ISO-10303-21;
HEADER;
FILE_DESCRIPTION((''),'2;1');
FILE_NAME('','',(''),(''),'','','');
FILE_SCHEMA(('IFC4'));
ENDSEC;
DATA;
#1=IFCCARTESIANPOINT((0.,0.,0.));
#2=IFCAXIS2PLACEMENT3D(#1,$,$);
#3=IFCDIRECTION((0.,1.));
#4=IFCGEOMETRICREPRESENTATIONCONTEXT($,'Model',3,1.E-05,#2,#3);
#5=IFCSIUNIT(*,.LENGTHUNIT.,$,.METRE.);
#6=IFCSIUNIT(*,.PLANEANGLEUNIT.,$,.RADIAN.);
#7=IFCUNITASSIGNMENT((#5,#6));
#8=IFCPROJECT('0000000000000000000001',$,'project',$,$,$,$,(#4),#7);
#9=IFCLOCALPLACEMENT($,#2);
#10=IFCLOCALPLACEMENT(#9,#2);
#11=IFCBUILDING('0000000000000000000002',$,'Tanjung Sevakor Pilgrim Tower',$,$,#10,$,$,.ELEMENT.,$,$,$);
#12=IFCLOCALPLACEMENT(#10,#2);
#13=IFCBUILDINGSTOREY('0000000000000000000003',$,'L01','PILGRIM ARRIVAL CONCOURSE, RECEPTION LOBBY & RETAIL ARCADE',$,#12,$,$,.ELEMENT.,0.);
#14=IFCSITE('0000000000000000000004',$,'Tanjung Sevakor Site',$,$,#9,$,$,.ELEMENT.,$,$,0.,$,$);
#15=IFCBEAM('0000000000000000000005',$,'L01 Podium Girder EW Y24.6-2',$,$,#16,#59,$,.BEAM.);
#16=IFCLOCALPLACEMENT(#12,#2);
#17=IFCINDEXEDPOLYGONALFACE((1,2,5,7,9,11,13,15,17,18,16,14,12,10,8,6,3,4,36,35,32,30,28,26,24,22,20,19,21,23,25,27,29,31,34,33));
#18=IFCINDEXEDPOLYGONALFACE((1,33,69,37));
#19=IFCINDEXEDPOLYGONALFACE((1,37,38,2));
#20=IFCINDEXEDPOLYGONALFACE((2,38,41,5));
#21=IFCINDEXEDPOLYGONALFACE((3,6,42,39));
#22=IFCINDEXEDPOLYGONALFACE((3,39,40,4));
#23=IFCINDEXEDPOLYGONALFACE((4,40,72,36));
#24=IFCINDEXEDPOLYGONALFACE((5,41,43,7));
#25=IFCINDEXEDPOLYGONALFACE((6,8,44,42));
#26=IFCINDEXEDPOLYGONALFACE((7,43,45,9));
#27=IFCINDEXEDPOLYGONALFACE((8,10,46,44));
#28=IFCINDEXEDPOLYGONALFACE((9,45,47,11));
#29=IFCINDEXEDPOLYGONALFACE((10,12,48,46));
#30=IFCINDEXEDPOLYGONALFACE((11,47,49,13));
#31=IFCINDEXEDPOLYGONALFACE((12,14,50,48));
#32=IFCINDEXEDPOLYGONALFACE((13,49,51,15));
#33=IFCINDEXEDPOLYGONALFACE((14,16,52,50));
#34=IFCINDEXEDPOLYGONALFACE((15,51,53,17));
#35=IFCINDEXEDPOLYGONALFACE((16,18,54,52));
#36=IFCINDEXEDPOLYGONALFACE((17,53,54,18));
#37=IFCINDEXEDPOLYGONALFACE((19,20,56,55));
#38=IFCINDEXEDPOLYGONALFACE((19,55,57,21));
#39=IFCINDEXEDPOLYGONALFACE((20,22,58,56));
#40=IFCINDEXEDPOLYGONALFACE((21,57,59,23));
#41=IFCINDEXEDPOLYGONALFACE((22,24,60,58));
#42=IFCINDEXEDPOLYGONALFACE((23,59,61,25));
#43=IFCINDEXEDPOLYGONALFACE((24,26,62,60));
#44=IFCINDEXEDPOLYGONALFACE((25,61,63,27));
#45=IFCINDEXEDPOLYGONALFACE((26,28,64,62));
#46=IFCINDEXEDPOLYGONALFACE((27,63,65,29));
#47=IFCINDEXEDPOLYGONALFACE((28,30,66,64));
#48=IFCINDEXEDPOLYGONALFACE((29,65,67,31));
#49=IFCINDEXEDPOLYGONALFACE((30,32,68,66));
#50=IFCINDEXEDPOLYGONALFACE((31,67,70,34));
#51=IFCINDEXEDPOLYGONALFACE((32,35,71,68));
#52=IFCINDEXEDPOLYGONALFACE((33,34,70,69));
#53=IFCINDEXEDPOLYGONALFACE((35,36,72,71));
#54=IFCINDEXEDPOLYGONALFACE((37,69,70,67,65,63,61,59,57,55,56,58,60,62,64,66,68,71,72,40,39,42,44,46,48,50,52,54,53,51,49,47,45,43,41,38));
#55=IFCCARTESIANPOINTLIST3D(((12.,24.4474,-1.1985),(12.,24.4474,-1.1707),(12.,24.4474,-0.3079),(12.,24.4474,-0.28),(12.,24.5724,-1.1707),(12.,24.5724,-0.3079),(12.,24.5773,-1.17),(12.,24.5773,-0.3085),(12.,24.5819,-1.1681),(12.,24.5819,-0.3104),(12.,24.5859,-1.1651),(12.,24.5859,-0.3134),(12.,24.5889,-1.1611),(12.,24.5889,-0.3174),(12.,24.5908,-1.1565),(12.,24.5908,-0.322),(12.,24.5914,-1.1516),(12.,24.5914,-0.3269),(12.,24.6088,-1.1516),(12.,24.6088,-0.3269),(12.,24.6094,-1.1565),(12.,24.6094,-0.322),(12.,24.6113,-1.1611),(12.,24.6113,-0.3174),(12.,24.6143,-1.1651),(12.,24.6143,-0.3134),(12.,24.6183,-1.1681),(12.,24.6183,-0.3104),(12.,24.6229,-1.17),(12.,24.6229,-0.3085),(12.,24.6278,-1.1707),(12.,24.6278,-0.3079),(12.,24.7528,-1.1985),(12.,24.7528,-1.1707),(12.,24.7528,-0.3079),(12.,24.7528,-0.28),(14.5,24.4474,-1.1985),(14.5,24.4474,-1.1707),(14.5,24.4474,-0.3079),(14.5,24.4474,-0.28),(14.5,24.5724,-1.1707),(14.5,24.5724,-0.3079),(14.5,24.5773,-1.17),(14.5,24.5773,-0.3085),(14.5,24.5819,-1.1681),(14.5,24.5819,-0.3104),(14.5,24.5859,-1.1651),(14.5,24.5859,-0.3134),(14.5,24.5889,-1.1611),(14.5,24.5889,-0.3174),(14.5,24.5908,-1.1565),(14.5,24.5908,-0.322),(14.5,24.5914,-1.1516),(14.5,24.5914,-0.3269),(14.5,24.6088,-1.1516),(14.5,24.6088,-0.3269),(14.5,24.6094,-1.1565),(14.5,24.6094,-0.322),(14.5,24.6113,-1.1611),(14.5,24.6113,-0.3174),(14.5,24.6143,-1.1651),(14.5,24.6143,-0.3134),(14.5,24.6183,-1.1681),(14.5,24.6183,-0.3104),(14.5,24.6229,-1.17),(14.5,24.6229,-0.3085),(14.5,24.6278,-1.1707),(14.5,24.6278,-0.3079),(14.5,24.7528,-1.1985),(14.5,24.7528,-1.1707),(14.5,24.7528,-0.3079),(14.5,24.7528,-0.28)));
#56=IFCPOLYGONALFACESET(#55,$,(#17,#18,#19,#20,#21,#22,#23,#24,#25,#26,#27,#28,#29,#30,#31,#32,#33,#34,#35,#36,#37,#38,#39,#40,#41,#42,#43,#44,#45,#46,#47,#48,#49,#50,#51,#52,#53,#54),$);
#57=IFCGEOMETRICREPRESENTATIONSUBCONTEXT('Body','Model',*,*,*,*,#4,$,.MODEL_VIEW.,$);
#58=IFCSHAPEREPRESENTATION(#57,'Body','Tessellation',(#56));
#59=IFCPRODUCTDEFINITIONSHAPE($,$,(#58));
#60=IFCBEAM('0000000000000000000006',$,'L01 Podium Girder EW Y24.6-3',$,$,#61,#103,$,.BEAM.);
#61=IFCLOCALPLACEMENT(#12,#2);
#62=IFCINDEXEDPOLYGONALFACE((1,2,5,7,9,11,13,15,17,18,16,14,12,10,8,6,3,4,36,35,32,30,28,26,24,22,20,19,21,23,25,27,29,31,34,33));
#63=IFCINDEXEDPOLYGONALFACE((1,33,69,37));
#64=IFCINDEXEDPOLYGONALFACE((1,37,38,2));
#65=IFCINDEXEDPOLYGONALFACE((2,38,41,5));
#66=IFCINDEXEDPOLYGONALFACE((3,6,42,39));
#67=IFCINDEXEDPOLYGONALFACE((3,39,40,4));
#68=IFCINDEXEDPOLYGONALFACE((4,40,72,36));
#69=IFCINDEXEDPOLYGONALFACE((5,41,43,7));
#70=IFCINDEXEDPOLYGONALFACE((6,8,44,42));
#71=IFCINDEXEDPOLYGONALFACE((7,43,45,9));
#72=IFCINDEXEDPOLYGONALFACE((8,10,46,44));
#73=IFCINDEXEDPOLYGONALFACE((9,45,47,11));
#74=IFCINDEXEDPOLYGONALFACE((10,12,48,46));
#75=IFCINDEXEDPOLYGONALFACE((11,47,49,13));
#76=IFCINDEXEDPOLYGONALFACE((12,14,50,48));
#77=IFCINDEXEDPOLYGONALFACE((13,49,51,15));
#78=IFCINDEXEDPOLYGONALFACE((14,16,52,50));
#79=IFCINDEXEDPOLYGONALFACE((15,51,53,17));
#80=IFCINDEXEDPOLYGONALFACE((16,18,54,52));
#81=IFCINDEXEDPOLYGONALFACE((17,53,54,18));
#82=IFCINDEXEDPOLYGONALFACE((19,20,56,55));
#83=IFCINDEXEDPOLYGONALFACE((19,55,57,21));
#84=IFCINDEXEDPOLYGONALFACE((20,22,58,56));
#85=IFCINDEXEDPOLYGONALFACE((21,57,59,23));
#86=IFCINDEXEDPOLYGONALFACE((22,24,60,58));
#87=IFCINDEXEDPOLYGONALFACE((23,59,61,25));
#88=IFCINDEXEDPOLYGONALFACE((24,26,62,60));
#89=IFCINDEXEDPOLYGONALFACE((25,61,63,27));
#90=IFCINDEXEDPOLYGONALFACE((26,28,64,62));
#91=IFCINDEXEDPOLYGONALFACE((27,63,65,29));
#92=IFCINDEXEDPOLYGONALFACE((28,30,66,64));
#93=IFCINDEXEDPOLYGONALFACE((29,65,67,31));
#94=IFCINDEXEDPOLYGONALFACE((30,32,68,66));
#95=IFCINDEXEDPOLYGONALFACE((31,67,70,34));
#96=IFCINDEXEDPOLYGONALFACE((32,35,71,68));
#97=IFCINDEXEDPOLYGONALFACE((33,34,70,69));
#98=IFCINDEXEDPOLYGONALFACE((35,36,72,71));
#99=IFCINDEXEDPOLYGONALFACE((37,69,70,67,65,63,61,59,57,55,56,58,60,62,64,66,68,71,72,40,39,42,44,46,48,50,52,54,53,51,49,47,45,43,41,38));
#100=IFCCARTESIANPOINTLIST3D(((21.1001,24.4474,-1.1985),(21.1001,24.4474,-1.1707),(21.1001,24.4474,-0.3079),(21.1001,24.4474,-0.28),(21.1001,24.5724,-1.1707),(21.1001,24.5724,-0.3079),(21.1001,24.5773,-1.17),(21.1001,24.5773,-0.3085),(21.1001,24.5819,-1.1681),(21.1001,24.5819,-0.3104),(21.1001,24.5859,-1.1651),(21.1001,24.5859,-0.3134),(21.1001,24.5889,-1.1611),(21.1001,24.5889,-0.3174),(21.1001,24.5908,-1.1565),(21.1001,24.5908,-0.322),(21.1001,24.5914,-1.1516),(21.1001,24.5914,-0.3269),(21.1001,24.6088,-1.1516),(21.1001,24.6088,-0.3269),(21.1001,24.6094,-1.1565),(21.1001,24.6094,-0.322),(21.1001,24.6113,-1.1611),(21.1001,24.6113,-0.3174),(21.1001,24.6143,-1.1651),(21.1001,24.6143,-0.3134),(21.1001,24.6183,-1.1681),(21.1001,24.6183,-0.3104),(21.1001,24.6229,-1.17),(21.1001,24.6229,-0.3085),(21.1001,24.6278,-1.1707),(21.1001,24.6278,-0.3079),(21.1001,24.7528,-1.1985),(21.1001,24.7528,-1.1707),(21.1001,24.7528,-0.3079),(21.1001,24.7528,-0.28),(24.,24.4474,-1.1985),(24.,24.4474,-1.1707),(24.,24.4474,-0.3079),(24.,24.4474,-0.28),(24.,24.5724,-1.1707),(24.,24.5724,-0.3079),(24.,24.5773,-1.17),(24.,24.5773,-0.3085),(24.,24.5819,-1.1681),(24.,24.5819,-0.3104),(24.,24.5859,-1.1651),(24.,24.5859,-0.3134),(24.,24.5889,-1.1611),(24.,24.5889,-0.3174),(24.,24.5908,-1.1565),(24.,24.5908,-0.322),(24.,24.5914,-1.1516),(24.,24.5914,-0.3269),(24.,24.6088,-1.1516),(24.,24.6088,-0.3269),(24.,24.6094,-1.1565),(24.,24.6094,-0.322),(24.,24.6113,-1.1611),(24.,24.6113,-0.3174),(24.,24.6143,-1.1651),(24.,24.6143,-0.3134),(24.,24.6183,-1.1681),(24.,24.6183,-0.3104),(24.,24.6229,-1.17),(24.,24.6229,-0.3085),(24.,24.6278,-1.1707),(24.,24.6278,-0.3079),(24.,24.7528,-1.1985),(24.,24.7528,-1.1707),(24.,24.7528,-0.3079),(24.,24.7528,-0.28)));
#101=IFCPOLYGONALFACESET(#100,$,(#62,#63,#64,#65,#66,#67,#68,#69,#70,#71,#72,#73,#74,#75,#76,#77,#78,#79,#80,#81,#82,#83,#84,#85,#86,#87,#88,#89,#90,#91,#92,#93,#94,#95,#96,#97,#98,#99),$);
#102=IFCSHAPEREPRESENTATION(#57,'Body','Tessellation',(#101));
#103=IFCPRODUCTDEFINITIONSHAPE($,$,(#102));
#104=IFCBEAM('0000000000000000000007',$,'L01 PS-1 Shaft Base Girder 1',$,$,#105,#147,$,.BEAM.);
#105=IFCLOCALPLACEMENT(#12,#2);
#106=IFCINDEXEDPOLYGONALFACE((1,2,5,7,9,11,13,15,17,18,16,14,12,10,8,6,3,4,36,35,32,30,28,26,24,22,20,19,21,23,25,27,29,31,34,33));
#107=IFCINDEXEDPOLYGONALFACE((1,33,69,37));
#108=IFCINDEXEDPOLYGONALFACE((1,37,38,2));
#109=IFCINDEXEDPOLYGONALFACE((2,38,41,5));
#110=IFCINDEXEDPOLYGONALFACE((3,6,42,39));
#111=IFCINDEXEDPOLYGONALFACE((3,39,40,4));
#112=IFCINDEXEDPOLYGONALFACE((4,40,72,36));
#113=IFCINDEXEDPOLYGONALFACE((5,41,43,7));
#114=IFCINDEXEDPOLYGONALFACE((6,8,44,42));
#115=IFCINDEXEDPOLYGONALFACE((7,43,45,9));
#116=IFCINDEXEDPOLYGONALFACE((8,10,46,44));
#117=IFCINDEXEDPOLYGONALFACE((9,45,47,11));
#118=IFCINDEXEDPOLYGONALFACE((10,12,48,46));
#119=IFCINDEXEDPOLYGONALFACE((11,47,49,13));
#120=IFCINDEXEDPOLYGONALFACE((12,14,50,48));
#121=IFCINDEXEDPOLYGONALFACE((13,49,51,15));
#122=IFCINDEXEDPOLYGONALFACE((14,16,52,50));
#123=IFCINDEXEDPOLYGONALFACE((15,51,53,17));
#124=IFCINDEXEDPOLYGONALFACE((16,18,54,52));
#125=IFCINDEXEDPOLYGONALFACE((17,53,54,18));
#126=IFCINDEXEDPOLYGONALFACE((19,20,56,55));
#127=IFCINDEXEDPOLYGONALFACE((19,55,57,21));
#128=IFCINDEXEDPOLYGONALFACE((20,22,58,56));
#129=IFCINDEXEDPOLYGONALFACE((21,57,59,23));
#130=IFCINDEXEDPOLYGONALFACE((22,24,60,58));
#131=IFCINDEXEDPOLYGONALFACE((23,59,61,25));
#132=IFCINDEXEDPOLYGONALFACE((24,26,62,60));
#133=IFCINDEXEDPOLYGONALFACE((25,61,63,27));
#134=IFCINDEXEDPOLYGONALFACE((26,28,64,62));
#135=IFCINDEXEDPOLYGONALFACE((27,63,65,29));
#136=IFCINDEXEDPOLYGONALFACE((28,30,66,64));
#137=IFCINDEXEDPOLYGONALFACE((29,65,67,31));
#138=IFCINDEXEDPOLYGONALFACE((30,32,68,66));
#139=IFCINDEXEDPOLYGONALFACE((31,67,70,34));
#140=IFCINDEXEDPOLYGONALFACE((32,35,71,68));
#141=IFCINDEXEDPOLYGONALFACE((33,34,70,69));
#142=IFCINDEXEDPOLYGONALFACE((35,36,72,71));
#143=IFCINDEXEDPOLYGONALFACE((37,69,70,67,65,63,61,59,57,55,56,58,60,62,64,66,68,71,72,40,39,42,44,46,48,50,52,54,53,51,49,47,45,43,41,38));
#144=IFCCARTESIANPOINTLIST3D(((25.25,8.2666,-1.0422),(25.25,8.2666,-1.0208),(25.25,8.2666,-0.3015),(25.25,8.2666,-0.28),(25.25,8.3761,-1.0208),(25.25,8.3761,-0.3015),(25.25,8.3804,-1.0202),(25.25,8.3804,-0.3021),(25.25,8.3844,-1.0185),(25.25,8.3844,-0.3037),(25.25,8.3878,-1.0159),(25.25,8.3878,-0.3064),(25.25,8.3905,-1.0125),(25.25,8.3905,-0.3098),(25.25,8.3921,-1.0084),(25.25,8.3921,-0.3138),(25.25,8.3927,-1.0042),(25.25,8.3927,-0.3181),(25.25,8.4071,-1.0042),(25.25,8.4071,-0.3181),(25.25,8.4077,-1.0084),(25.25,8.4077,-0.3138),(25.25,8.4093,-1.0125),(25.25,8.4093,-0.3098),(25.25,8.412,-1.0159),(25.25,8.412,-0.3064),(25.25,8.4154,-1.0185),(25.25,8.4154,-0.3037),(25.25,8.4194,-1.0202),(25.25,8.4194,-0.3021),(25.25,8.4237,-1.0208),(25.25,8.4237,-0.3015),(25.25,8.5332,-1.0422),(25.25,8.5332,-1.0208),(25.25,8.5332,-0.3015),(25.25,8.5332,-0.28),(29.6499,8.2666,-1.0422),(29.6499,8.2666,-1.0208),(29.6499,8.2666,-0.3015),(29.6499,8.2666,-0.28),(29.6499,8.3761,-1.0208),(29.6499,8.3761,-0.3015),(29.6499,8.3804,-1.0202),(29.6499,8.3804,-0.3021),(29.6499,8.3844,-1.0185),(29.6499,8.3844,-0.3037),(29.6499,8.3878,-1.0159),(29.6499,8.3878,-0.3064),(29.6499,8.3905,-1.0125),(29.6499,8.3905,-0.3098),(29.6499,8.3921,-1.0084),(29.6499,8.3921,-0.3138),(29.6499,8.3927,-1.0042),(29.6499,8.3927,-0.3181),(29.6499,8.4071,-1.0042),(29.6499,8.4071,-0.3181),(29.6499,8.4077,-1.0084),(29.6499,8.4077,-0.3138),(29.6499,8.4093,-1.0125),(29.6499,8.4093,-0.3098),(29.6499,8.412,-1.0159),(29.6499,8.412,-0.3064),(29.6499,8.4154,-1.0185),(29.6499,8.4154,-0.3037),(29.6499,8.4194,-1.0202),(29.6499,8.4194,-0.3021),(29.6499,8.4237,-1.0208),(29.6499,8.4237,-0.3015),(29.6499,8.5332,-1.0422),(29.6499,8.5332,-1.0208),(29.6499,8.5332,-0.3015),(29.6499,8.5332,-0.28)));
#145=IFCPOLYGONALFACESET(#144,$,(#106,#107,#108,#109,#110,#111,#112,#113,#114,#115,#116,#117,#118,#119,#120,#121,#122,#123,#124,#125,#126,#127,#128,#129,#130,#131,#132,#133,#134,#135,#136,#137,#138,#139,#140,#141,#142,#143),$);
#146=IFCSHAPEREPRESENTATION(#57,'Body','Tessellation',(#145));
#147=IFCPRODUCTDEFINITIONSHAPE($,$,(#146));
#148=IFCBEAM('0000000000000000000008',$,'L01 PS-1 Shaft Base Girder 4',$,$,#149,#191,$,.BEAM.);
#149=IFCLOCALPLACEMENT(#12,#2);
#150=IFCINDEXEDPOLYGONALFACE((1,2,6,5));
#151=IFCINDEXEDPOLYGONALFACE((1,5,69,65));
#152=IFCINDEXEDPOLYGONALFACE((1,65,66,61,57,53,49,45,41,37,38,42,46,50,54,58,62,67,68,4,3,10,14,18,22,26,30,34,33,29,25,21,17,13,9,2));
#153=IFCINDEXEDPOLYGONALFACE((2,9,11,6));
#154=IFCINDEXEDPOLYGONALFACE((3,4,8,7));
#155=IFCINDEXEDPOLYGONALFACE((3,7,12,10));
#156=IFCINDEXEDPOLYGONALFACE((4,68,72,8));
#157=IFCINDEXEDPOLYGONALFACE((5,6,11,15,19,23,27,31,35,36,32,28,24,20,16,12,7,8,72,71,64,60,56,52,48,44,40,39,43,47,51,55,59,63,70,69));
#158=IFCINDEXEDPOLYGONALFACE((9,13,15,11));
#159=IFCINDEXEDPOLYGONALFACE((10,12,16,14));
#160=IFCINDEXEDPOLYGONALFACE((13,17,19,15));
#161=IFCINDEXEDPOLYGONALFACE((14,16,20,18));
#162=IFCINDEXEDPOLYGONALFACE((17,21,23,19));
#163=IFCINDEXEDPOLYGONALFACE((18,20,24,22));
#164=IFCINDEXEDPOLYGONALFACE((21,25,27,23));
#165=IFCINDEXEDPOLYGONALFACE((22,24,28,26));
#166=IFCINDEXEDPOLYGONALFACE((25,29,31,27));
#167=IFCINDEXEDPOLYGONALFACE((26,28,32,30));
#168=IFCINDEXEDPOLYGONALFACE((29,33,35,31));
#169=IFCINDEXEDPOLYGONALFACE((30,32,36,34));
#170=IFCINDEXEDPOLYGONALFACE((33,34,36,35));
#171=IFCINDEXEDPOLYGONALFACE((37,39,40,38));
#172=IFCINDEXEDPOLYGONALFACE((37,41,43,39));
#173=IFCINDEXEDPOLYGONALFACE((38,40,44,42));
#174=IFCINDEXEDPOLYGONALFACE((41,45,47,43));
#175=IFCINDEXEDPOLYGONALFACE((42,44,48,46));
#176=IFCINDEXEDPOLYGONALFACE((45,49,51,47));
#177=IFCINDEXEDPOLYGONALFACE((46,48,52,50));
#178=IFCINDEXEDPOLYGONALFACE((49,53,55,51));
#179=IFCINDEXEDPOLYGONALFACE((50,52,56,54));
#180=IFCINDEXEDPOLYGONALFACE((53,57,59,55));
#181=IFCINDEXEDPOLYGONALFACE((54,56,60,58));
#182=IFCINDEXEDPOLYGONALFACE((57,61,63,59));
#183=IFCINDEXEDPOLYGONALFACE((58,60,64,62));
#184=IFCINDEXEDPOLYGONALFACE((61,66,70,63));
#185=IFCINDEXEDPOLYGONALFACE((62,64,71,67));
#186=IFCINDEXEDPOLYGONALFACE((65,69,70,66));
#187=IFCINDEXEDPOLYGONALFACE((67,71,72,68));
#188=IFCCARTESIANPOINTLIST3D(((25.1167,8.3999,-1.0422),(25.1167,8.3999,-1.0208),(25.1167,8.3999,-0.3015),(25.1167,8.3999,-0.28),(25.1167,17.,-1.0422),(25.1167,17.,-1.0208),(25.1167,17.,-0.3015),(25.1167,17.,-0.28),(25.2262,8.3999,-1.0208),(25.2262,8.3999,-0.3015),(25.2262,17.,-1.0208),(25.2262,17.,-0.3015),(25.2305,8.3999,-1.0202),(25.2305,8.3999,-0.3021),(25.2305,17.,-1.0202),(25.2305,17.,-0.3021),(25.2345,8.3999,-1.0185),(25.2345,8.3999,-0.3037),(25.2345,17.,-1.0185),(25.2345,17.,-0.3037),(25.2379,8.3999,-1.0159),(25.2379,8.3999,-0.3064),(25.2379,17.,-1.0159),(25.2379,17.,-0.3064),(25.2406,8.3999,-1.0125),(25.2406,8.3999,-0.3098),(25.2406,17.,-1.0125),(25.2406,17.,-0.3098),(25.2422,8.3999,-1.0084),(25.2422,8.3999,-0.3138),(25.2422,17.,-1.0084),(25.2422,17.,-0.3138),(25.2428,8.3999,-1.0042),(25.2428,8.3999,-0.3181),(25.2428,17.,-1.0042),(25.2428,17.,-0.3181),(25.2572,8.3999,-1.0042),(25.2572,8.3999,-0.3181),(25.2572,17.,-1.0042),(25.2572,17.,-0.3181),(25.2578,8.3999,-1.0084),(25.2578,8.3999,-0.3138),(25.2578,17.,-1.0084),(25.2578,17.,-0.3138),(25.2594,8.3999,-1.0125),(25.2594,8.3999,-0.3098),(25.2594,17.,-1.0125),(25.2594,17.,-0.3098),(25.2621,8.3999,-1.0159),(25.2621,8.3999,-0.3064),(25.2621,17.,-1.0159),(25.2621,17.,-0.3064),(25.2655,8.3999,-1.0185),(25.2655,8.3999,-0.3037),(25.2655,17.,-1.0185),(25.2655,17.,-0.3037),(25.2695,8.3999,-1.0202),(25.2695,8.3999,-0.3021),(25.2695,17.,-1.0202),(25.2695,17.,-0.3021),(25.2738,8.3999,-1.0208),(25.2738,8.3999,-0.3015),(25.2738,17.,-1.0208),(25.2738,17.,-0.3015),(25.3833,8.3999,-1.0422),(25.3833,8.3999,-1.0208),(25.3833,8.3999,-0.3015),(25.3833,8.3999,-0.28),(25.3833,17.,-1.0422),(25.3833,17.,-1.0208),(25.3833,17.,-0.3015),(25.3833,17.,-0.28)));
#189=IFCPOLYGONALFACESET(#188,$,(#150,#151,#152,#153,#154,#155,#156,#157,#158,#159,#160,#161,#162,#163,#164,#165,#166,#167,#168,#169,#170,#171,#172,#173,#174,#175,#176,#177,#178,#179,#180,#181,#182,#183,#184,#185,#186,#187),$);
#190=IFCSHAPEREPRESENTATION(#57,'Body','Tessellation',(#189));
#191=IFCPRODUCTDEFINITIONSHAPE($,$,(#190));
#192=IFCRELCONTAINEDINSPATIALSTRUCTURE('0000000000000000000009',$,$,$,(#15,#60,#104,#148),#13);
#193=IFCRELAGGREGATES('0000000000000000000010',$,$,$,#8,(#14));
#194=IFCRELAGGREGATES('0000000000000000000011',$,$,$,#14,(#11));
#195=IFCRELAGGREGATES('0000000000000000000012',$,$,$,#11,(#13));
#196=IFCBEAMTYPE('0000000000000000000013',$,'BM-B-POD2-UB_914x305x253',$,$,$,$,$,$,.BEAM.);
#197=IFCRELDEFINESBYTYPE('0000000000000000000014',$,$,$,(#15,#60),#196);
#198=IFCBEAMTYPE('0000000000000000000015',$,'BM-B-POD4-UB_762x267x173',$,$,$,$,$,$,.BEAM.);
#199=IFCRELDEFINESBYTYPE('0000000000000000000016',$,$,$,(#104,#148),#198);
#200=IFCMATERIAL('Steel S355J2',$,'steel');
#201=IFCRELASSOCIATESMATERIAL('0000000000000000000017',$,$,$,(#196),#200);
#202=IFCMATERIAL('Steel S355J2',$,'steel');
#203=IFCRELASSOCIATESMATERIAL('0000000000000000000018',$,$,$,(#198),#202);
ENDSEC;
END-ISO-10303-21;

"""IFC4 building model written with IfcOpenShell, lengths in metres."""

from ifc_helpers import new_model, si_unit, direction, frame, origin, origin_2d, place, context, subcontext, project, spatial, i_section, extrude, material, material_profile, profile_set, type_object, element, save


model = new_model("IFC4")

# Units and contexts
model_context = context("Model", 3, precision=1e-05, world=origin(), true_north=direction((0.0, 1.0)))
body_context = subcontext(model_context, "Body", "Model", "MODEL_VIEW")
ifc_project = project(units=[si_unit("LENGTHUNIT", "METRE"), si_unit("PLANEANGLEUNIT", "RADIAN")], contexts=[model_context])

# Site, building, storey
site_placement = place(None, origin())
site = spatial("IfcSite", under=ifc_project, at=site_placement, Name="Tanjung Sevakor Site", CompositionType="ELEMENT", RefElevation=0.0)
building_placement = place(site_placement, origin())
building = spatial("IfcBuilding", under=site, at=building_placement, Name="Tanjung Sevakor Pilgrim Tower", CompositionType="ELEMENT")
storey_placement = place(building_placement, origin())
storey = spatial("IfcBuildingStorey", under=building, at=storey_placement, Name="L01", Description="PILGRIM ARRIVAL CONCOURSE, RECEPTION LOBBY & RETAIL ARCADE", CompositionType="ELEMENT", Elevation=0.0)

# Beams
ifc_material_1 = material(Name="Steel S355J2", Category="steel")
ifc_material_profile_1 = material_profile(ifc_material_1, i_section(OverallWidth=0.3054, OverallDepth=0.9185, WebThickness=0.0173, FlangeThickness=0.0278, FilletRadius=0.019, at=origin_2d()))
ifc_profile_set_1 = profile_set([ifc_material_profile_1], Name="Steel S355J2")
beam_type_1 = type_object("IfcBeamType", Name="BM-B-POD2-UB_914x305x253", PredefinedType="BEAM", material=ifc_profile_set_1)
beam_1_placement = place(storey_placement, frame((12.0, 24.6001, -0.7393), z_axis=(1.0, 0.0, 0.0), x_axis=(0.0, 1.0, 0.0)))
element("IfcBeam", 1, at=beam_1_placement, inside=storey, type_object=beam_type_1, Name="L01 Podium Girder EW Y24.6-2", PredefinedType="BEAM", context=body_context, shape_type="SweptSolid", body=[
    extrude(i_section(OverallWidth=0.3054, OverallDepth=0.9185, WebThickness=0.0173, FlangeThickness=0.0278, FilletRadius=0.019, at=origin_2d()), origin(), (0.0, 0.0, 1.0), 2.5),
])
beam_2_placement = place(storey_placement, frame((21.1001, 24.6001, -0.7393), z_axis=(1.0, 0.0, 0.0), x_axis=(0.0, 1.0, 0.0)))
element("IfcBeam", 2, at=beam_2_placement, inside=storey, type_object=beam_type_1, Name="L01 Podium Girder EW Y24.6-3", PredefinedType="BEAM", context=body_context, shape_type="SweptSolid", body=[
    extrude(i_section(OverallWidth=0.3054, OverallDepth=0.9185, WebThickness=0.0173, FlangeThickness=0.0278, FilletRadius=0.019, at=origin_2d()), origin(), (0.0, 0.0, 1.0), 2.8999),
])
ifc_material_2 = material(Name="Steel S355J2", Category="steel")
ifc_material_profile_2 = material_profile(ifc_material_2, i_section(OverallWidth=0.2666, OverallDepth=0.7622, WebThickness=0.0144, FlangeThickness=0.0215, FilletRadius=0.0166, at=origin_2d()))
ifc_profile_set_2 = profile_set([ifc_material_profile_2], Name="Steel S355J2")
beam_type_2 = type_object("IfcBeamType", Name="BM-B-POD4-UB_762x267x173", PredefinedType="BEAM", material=ifc_profile_set_2)
beam_3_placement = place(storey_placement, frame((25.25, 8.3999, -0.6611), z_axis=(1.0, 0.0, 0.0), x_axis=(0.0, 1.0, 0.0)))
element("IfcBeam", 3, at=beam_3_placement, inside=storey, type_object=beam_type_2, Name="L01 PS-1 Shaft Base Girder 1", PredefinedType="BEAM", context=body_context, shape_type="SweptSolid", body=[
    extrude(i_section(OverallWidth=0.2666, OverallDepth=0.7622, WebThickness=0.0144, FlangeThickness=0.0215, FilletRadius=0.0166, at=origin_2d()), origin(), (0.0, 0.0, 1.0), 4.3999),
])
beam_4_placement = place(storey_placement, frame((25.25, 17.0, -0.6611), z_axis=(0.0, -1.0, 0.0), x_axis=(1.0, 0.0, 0.0)))
element("IfcBeam", 4, at=beam_4_placement, inside=storey, type_object=beam_type_2, Name="L01 PS-1 Shaft Base Girder 4", PredefinedType="BEAM", context=body_context, shape_type="SweptSolid", body=[
    extrude(i_section(OverallWidth=0.2666, OverallDepth=0.7622, WebThickness=0.0144, FlangeThickness=0.0215, FilletRadius=0.0166, at=origin_2d()), origin(), (0.0, 0.0, 1.0), 8.6001),
])

save(model, "model.ifc")
